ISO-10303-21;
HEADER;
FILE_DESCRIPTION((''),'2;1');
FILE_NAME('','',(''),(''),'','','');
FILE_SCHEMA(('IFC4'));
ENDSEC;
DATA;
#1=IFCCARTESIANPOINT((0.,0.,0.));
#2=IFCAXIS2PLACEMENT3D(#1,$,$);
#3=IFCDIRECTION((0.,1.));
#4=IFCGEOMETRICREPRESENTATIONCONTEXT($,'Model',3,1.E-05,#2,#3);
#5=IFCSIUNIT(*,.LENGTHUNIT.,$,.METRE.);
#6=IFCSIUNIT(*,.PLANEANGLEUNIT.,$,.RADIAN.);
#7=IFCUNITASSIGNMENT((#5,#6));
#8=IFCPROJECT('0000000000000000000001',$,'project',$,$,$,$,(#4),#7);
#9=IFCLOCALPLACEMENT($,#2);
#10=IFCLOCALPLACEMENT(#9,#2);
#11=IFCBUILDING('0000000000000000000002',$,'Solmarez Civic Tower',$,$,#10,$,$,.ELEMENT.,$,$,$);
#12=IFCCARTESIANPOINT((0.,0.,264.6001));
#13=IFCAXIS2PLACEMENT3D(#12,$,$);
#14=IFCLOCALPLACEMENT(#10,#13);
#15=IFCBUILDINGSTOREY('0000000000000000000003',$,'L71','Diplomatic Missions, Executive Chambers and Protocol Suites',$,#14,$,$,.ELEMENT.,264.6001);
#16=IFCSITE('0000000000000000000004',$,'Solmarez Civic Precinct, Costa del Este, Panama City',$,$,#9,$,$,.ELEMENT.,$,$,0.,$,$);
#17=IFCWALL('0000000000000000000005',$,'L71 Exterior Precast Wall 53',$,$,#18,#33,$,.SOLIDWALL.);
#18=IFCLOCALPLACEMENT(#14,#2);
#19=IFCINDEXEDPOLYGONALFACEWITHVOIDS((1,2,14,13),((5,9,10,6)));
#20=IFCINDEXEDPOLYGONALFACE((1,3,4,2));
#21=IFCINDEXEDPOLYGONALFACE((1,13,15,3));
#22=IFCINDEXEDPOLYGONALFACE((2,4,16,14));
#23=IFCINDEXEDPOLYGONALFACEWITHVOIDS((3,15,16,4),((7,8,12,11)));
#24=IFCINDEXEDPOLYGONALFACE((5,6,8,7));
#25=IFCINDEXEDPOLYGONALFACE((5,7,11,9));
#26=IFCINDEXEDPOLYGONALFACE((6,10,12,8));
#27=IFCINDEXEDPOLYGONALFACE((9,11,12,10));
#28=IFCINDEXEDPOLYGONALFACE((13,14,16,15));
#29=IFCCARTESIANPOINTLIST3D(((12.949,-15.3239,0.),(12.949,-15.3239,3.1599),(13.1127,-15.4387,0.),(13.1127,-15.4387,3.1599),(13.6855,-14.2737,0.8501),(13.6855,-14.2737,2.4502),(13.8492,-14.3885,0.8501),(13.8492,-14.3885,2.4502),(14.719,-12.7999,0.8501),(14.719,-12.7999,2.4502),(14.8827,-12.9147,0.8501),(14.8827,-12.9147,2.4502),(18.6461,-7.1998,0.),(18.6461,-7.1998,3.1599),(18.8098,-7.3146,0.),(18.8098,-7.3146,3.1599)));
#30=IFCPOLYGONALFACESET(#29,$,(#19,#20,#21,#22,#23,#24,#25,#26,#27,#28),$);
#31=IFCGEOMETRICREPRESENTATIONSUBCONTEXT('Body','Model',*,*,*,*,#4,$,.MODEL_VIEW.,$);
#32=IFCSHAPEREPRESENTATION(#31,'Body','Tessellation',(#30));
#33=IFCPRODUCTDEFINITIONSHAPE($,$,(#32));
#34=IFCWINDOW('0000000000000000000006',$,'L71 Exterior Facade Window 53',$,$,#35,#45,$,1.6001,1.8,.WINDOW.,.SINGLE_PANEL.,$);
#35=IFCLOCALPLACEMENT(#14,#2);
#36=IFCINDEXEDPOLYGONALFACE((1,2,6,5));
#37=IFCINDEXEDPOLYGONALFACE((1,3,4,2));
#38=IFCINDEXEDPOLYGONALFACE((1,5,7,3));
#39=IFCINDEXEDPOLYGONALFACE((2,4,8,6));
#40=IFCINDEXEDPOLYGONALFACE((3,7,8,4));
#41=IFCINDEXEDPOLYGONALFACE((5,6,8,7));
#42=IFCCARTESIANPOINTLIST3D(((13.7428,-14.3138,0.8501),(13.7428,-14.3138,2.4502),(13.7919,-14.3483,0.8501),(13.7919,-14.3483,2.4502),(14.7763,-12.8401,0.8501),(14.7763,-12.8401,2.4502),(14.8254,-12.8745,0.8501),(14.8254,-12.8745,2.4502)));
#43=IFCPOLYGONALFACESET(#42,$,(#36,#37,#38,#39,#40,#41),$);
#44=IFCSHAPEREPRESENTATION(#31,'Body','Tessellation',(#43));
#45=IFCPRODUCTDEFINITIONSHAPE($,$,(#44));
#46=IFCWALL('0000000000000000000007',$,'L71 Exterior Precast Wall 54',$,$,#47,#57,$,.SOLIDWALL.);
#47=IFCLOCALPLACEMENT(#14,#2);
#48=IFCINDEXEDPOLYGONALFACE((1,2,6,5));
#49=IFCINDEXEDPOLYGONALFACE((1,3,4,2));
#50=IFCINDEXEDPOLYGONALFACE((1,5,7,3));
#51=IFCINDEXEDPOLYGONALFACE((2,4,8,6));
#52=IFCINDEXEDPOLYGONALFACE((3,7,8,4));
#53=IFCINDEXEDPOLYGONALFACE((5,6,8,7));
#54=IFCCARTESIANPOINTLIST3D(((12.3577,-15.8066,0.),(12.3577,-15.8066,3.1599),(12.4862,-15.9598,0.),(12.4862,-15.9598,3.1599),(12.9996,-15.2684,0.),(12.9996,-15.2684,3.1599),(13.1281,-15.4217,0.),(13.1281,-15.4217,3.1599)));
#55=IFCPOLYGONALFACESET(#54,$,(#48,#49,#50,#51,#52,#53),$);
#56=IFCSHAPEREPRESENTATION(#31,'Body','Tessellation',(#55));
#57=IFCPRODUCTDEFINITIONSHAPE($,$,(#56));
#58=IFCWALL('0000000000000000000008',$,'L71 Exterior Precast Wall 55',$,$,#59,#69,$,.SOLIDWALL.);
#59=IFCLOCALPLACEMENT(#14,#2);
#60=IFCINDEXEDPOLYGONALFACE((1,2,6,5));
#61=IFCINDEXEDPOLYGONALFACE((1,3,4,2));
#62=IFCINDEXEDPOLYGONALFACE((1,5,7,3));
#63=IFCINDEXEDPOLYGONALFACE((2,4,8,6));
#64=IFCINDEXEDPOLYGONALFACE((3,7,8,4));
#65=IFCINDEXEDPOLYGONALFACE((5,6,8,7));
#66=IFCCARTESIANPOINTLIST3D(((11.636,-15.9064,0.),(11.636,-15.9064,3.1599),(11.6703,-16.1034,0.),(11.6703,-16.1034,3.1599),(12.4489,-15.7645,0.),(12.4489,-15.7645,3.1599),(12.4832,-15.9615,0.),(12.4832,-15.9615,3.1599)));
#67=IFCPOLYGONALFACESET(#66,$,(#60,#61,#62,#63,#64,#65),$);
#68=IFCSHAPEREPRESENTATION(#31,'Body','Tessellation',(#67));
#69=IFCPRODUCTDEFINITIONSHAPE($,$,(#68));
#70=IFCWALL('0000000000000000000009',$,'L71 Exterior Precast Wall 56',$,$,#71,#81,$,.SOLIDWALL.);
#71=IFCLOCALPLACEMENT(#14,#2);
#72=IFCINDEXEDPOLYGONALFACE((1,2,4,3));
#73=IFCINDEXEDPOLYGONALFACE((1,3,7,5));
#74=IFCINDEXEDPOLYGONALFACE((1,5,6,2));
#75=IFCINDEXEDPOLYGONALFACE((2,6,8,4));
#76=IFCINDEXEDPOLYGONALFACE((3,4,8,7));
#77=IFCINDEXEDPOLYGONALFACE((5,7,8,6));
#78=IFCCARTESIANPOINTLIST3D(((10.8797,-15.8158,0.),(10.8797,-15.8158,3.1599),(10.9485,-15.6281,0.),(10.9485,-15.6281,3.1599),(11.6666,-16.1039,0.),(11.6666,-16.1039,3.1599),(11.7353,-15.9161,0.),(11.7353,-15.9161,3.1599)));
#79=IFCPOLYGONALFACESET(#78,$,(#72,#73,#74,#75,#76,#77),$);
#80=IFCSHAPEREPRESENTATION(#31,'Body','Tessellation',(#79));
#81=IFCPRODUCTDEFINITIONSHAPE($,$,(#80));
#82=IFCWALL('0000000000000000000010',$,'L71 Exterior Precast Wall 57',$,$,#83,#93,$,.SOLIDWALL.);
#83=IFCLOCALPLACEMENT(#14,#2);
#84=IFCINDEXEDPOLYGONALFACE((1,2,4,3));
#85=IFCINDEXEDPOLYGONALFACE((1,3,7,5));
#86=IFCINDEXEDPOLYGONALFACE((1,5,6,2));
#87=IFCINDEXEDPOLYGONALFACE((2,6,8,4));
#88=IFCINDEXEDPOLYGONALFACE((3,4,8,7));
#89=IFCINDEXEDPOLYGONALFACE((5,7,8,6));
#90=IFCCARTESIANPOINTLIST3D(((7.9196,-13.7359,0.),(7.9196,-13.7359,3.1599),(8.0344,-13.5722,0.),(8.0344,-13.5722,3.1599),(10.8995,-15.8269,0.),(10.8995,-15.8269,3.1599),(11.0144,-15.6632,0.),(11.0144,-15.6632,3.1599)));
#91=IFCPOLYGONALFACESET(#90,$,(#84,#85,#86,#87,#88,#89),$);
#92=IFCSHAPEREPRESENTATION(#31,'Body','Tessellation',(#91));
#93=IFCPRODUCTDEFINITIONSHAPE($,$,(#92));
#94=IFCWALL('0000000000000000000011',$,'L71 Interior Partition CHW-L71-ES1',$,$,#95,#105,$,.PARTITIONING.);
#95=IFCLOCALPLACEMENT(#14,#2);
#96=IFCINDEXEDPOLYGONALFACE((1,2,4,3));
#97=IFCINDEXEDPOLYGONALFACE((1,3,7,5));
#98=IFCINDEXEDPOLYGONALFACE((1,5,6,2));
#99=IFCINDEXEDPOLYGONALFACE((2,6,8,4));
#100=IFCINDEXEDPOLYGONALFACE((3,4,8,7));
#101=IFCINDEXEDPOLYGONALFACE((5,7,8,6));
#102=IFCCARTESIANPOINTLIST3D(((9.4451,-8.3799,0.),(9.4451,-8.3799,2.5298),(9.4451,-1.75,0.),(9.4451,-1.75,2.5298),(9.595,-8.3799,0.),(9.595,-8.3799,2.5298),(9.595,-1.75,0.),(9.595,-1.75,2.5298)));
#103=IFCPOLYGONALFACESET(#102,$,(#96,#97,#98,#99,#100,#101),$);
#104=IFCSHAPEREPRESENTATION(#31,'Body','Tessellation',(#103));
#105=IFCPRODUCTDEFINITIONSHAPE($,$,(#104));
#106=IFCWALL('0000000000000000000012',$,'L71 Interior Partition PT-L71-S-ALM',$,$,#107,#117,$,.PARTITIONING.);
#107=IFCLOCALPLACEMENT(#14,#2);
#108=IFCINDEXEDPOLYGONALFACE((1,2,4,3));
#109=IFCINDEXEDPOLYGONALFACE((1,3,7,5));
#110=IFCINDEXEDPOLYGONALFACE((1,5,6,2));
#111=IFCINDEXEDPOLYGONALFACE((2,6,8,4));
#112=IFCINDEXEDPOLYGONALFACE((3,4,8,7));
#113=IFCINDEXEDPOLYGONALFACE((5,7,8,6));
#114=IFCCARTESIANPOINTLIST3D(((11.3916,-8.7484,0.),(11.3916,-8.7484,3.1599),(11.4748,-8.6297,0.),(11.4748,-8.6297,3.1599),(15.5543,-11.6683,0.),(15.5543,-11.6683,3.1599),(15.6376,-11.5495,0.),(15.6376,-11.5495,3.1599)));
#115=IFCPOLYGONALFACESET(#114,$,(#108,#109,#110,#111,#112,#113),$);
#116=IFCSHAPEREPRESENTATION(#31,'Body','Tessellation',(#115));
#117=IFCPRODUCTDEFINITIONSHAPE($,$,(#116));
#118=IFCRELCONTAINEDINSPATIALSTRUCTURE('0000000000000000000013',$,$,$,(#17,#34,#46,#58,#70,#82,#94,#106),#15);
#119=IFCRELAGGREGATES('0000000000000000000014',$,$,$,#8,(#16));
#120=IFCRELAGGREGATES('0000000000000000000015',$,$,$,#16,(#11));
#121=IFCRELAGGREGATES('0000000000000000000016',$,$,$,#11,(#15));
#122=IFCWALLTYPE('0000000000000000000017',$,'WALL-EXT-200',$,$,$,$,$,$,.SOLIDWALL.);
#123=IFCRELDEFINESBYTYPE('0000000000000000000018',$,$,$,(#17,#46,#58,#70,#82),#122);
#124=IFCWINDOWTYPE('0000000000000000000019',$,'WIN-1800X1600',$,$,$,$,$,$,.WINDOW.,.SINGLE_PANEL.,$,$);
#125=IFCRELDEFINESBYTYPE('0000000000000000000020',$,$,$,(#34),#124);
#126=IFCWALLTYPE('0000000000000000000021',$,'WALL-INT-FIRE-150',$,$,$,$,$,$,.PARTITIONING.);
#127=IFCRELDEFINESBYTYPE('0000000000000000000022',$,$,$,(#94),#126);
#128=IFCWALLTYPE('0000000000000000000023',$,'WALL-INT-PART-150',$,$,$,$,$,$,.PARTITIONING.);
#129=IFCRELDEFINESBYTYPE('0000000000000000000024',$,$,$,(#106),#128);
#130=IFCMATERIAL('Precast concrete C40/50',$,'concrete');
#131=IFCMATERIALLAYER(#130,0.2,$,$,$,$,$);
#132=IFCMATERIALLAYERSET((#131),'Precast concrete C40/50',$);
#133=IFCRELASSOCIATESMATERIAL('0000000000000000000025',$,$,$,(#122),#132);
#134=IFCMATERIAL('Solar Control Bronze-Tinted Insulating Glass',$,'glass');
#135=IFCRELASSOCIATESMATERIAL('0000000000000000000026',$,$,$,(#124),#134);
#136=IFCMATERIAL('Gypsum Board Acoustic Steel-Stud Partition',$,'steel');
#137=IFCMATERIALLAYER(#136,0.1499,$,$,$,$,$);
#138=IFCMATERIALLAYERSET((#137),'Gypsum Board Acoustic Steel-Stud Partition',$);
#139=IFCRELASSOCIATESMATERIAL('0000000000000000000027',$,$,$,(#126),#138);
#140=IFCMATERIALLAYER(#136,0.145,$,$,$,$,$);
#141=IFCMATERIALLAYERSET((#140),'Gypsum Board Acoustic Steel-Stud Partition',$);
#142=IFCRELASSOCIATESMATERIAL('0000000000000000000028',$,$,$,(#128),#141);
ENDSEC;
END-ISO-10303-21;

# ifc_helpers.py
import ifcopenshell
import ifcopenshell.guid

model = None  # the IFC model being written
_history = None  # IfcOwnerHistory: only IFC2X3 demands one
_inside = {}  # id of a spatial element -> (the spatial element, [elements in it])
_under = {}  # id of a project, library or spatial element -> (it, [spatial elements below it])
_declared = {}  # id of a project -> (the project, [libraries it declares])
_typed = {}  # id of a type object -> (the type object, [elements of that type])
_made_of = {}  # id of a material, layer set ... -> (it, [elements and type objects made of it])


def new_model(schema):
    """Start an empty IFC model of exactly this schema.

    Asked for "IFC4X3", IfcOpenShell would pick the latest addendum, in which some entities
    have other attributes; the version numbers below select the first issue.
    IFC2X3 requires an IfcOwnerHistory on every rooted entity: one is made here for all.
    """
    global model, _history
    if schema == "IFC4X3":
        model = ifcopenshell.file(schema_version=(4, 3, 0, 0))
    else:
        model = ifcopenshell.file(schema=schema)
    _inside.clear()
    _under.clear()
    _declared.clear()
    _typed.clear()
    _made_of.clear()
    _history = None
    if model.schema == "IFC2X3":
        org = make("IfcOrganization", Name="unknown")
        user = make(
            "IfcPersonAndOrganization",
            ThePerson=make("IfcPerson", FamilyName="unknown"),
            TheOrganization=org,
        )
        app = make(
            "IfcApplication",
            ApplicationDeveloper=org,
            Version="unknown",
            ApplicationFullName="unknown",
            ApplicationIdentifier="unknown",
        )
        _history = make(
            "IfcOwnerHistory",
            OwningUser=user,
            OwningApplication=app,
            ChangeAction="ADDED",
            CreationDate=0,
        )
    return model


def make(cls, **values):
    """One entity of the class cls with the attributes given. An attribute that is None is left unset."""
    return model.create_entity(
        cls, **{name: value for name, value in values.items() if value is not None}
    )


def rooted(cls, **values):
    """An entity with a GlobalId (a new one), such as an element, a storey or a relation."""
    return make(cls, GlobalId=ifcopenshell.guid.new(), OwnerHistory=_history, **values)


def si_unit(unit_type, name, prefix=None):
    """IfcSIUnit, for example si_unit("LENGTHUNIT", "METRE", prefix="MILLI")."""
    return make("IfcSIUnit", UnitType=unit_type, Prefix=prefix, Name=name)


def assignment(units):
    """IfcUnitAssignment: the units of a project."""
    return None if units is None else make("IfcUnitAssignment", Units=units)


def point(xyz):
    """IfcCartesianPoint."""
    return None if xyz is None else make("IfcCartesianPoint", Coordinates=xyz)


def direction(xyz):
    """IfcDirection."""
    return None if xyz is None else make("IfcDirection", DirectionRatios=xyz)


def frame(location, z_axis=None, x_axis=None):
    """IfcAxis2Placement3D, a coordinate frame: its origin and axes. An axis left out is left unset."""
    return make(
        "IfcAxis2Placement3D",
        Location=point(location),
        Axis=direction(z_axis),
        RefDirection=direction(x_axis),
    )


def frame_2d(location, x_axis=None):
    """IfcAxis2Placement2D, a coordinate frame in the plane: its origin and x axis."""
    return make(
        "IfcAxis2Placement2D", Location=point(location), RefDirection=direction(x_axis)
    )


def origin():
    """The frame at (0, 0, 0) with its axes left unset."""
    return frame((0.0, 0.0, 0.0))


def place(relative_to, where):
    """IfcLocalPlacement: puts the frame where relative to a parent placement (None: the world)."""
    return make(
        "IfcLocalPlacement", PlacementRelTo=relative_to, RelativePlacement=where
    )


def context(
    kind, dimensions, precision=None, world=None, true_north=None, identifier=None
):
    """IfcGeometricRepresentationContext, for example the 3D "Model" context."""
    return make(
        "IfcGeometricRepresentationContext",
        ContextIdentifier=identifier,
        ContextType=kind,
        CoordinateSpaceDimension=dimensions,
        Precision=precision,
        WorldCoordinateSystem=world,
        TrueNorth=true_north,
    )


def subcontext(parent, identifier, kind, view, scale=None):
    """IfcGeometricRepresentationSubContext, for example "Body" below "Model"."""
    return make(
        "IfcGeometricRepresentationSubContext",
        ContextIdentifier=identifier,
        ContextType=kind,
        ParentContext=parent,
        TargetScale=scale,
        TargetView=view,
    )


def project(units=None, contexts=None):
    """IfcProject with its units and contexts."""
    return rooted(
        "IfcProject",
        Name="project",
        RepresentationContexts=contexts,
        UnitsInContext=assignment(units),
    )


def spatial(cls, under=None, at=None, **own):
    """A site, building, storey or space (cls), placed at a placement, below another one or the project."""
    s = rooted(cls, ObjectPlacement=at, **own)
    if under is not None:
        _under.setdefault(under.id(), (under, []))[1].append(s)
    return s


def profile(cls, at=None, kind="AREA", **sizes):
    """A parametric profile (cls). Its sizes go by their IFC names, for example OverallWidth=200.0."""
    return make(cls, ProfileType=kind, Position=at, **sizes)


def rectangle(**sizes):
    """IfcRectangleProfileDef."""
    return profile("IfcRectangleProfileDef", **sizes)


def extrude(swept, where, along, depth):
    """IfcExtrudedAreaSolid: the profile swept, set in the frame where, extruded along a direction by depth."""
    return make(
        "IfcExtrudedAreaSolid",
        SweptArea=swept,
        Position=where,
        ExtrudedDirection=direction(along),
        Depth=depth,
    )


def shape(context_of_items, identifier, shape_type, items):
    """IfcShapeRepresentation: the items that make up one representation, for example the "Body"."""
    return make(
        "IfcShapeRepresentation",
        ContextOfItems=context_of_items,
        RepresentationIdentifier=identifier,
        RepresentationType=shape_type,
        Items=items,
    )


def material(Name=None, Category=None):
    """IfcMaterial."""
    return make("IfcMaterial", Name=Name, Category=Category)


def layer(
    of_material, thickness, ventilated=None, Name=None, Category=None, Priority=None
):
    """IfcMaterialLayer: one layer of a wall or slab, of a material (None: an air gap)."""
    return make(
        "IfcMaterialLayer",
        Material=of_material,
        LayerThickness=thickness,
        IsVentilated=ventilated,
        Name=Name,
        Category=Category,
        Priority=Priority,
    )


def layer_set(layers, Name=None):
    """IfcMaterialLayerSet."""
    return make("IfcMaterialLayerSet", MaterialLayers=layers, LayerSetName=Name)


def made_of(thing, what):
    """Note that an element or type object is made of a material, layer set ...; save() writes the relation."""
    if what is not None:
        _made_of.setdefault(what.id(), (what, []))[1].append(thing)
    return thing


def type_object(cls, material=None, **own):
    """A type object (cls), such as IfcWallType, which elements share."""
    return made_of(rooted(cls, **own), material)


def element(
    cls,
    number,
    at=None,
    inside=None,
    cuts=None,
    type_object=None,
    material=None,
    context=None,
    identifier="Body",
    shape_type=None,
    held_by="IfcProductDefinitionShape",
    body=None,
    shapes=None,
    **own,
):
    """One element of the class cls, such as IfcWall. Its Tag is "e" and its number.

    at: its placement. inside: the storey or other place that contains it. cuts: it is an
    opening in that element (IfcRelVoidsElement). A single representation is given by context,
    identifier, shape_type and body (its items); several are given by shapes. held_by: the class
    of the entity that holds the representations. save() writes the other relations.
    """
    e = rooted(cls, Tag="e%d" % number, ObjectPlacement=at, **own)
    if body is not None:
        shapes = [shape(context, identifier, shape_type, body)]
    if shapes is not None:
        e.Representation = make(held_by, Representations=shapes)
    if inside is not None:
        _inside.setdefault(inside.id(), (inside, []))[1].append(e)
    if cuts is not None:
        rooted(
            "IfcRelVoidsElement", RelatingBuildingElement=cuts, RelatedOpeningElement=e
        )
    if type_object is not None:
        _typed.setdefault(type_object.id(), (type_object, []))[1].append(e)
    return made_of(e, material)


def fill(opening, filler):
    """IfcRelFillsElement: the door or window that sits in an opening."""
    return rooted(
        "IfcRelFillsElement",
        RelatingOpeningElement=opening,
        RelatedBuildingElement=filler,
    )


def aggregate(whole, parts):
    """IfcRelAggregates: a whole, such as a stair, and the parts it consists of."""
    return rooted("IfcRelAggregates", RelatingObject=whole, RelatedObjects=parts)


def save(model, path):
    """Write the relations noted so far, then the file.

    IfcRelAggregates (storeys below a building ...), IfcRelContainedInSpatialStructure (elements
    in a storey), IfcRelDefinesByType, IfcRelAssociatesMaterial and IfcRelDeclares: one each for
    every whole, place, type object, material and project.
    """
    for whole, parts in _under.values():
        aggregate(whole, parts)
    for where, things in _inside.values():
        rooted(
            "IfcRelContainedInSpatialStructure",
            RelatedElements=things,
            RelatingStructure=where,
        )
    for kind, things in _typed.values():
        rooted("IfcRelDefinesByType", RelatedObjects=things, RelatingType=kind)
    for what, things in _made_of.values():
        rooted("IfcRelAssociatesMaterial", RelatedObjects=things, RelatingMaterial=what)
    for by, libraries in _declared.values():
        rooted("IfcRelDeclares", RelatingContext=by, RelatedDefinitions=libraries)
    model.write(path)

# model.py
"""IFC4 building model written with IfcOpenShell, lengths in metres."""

from ifc_helpers import new_model, si_unit, direction, frame, frame_2d, origin, place, context, subcontext, project, spatial, rectangle, extrude, material, layer, layer_set, type_object, element, fill, save


model = new_model("IFC4")

# Units and contexts
model_context = context("Model", 3, precision=1e-05, world=origin(), true_north=direction((0.0, 1.0)))
body_context = subcontext(model_context, "Body", "Model", "MODEL_VIEW")
ifc_project = project(units=[si_unit("LENGTHUNIT", "METRE"), si_unit("PLANEANGLEUNIT", "RADIAN")], contexts=[model_context])

# Site, building, storey
site_placement = place(None, origin())
site = spatial("IfcSite", under=ifc_project, at=site_placement, Name="Solmarez Civic Precinct, Costa del Este, Panama City", CompositionType="ELEMENT", RefElevation=0.0)
building_placement = place(site_placement, origin())
building = spatial("IfcBuilding", under=site, at=building_placement, Name="Solmarez Civic Tower", CompositionType="ELEMENT")
storey_placement = place(building_placement, frame((0.0, 0.0, 264.6001)))
storey = spatial("IfcBuildingStorey", under=building, at=storey_placement, Name="L71", Description="Diplomatic Missions, Executive Chambers and Protocol Suites", CompositionType="ELEMENT", Elevation=264.6001)

# Shared definitions
ifc_material_1 = material(Name="Precast concrete C40/50", Category="concrete")
ifc_layer_1 = layer(ifc_material_1, 0.2)
ifc_layer_set_1 = layer_set([ifc_layer_1], Name="Precast concrete C40/50")
wall_type_1 = type_object("IfcWallType", Name="WALL-EXT-200", PredefinedType="SOLIDWALL", material=ifc_layer_set_1)

# Wall, opening, window
wall_1_placement = place(storey_placement, frame((18.728, -7.2571, 0.0), z_axis=(0.0, 0.0, 1.0), x_axis=(-0.574152, -0.818748, 0.0)))
wall_1 = element("IfcWall", 1, at=wall_1_placement, inside=storey, type_object=wall_type_1, Name="L71 Exterior Precast Wall 53", PredefinedType="SOLIDWALL", context=body_context, shape_type="SweptSolid", body=[
    extrude(rectangle(XDim=9.9226, YDim=0.2, at=frame_2d((4.9614, 0.0))), origin(), (0.0, 0.0, 1.0), 3.1599),
])
opening_placement = place(wall_1_placement, frame((6.8401, 0.0, 0.8501)))
opening = element("IfcOpeningElement", 2, at=opening_placement, cuts=wall_1, PredefinedType="OPENING", context=body_context, shape_type="SweptSolid", body=[
    extrude(rectangle(XDim=1.8, YDim=1.6001, at=frame_2d((0.8999, 0.8))), frame((0.0, 0.1099, 0.0), z_axis=(0.0, -1.0, 0.0), x_axis=(1.0, 0.0, 0.0)), (0.0, 0.0, 1.0), 0.22),
])
ifc_material_2 = material(Name="Solar Control Bronze-Tinted Insulating Glass", Category="glass")
window_type = type_object("IfcWindowType", Name="WIN-1800X1600", PartitioningType="SINGLE_PANEL", PredefinedType="WINDOW", material=ifc_material_2)
window_placement = place(opening_placement, origin())
window = element("IfcWindow", 3, at=window_placement, inside=storey, type_object=window_type, Name="L71 Exterior Facade Window 53", OverallHeight=1.6001, OverallWidth=1.8, PartitioningType="SINGLE_PANEL", PredefinedType="WINDOW", context=body_context, shape_type="SweptSolid", body=[
    extrude(rectangle(XDim=1.8, YDim=1.6001, at=frame_2d((0.8999, 0.8))), frame((0.0, 0.03, 0.0), z_axis=(0.0, -1.0, 0.0), x_axis=(1.0, 0.0, 0.0)), (0.0, 0.0, 1.0), 0.0601),
])
fill(opening, window)

# Walls
wall_2_placement = place(storey_placement, frame((13.064, -15.345, 0.0), z_axis=(0.0, 0.0, 1.0), x_axis=(-0.76633, -0.642447, 0.0)))
element("IfcWall", 4, at=wall_2_placement, inside=storey, type_object=wall_type_1, Name="L71 Exterior Precast Wall 54", PredefinedType="SOLIDWALL", context=body_context, shape_type="SweptSolid", body=[
    extrude(rectangle(XDim=0.8376, YDim=0.2, at=frame_2d((0.4189, 0.0))), origin(), (0.0, 0.0, 1.0), 3.1599),
])
wall_3_placement = place(storey_placement, frame((12.4661, -15.863, 0.0), z_axis=(0.0, 0.0, 1.0), x_axis=(-0.985118, -0.171878, 0.0)))
element("IfcWall", 5, at=wall_3_placement, inside=storey, type_object=wall_type_1, Name="L71 Exterior Precast Wall 55", PredefinedType="SOLIDWALL", context=body_context, shape_type="SweptSolid", body=[
    extrude(rectangle(XDim=0.8252, YDim=0.2, at=frame_2d((0.4126, 0.0))), origin(), (0.0, 0.0, 1.0), 3.1599),
])
wall_4_placement = place(storey_placement, frame((11.7009, -16.01, 0.0), z_axis=(0.0, 0.0, 1.0), x_axis=(-0.939043, 0.343801, 0.0)))
element("IfcWall", 6, at=wall_4_placement, inside=storey, type_object=wall_type_1, Name="L71 Exterior Precast Wall 56", PredefinedType="SOLIDWALL", context=body_context, shape_type="SweptSolid", body=[
    extrude(rectangle(XDim=0.8379, YDim=0.2, at=frame_2d((0.4189, 0.0))), origin(), (0.0, 0.0, 1.0), 3.1599),
])
wall_5_placement = place(storey_placement, frame((10.957, -15.7451, 0.0), z_axis=(0.0, 0.0, 1.0), x_axis=(-0.818576, 0.574398, 0.0)))
element("IfcWall", 7, at=wall_5_placement, inside=storey, type_object=wall_type_1, Name="L71 Exterior Precast Wall 57", PredefinedType="SOLIDWALL", context=body_context, shape_type="SweptSolid", body=[
    extrude(rectangle(XDim=3.6404, YDim=0.2, at=frame_2d((1.8203, 0.0))), origin(), (0.0, 0.0, 1.0), 3.1599),
])
ifc_material_3 = material(Name="Gypsum Board Acoustic Steel-Stud Partition", Category="steel")
ifc_layer_2 = layer(ifc_material_3, 0.1499)
ifc_layer_set_2 = layer_set([ifc_layer_2], Name="Gypsum Board Acoustic Steel-Stud Partition")
wall_type_2 = type_object("IfcWallType", Name="WALL-INT-FIRE-150", PredefinedType="PARTITIONING", material=ifc_layer_set_2)
wall_6_placement = place(storey_placement, frame((9.52, -8.3799, 0.0), z_axis=(0.0, 0.0, 1.0), x_axis=(0.0, 1.0, 0.0)))
element("IfcWall", 8, at=wall_6_placement, inside=storey, type_object=wall_type_2, Name="L71 Interior Partition CHW-L71-ES1", PredefinedType="PARTITIONING", context=body_context, shape_type="SweptSolid", body=[
    extrude(rectangle(XDim=6.6299, YDim=0.1499, at=frame_2d((3.3149, 0.0))), origin(), (0.0, 0.0, 1.0), 2.5298),
])
ifc_layer_3 = layer(ifc_material_3, 0.145)
ifc_layer_set_3 = layer_set([ifc_layer_3], Name="Gypsum Board Acoustic Steel-Stud Partition")
wall_type_3 = type_object("IfcWallType", Name="WALL-INT-PART-150", PredefinedType="PARTITIONING", material=ifc_layer_set_3)
wall_7_placement = place(storey_placement, frame((11.4331, -8.689, 0.0), z_axis=(0.0, 0.0, 1.0), x_axis=(0.818683, -0.574245, 0.0)))
element("IfcWall", 9, at=wall_7_placement, inside=storey, type_object=wall_type_3, Name="L71 Interior Partition PT-L71-S-ALM", PredefinedType="PARTITIONING", context=body_context, shape_type="SweptSolid", body=[
    extrude(rectangle(XDim=5.0847, YDim=0.145, at=frame_2d((2.5425, 0.0))), origin(), (0.0, 0.0, 1.0), 3.1599),
])

save(model, "model.ifc")
